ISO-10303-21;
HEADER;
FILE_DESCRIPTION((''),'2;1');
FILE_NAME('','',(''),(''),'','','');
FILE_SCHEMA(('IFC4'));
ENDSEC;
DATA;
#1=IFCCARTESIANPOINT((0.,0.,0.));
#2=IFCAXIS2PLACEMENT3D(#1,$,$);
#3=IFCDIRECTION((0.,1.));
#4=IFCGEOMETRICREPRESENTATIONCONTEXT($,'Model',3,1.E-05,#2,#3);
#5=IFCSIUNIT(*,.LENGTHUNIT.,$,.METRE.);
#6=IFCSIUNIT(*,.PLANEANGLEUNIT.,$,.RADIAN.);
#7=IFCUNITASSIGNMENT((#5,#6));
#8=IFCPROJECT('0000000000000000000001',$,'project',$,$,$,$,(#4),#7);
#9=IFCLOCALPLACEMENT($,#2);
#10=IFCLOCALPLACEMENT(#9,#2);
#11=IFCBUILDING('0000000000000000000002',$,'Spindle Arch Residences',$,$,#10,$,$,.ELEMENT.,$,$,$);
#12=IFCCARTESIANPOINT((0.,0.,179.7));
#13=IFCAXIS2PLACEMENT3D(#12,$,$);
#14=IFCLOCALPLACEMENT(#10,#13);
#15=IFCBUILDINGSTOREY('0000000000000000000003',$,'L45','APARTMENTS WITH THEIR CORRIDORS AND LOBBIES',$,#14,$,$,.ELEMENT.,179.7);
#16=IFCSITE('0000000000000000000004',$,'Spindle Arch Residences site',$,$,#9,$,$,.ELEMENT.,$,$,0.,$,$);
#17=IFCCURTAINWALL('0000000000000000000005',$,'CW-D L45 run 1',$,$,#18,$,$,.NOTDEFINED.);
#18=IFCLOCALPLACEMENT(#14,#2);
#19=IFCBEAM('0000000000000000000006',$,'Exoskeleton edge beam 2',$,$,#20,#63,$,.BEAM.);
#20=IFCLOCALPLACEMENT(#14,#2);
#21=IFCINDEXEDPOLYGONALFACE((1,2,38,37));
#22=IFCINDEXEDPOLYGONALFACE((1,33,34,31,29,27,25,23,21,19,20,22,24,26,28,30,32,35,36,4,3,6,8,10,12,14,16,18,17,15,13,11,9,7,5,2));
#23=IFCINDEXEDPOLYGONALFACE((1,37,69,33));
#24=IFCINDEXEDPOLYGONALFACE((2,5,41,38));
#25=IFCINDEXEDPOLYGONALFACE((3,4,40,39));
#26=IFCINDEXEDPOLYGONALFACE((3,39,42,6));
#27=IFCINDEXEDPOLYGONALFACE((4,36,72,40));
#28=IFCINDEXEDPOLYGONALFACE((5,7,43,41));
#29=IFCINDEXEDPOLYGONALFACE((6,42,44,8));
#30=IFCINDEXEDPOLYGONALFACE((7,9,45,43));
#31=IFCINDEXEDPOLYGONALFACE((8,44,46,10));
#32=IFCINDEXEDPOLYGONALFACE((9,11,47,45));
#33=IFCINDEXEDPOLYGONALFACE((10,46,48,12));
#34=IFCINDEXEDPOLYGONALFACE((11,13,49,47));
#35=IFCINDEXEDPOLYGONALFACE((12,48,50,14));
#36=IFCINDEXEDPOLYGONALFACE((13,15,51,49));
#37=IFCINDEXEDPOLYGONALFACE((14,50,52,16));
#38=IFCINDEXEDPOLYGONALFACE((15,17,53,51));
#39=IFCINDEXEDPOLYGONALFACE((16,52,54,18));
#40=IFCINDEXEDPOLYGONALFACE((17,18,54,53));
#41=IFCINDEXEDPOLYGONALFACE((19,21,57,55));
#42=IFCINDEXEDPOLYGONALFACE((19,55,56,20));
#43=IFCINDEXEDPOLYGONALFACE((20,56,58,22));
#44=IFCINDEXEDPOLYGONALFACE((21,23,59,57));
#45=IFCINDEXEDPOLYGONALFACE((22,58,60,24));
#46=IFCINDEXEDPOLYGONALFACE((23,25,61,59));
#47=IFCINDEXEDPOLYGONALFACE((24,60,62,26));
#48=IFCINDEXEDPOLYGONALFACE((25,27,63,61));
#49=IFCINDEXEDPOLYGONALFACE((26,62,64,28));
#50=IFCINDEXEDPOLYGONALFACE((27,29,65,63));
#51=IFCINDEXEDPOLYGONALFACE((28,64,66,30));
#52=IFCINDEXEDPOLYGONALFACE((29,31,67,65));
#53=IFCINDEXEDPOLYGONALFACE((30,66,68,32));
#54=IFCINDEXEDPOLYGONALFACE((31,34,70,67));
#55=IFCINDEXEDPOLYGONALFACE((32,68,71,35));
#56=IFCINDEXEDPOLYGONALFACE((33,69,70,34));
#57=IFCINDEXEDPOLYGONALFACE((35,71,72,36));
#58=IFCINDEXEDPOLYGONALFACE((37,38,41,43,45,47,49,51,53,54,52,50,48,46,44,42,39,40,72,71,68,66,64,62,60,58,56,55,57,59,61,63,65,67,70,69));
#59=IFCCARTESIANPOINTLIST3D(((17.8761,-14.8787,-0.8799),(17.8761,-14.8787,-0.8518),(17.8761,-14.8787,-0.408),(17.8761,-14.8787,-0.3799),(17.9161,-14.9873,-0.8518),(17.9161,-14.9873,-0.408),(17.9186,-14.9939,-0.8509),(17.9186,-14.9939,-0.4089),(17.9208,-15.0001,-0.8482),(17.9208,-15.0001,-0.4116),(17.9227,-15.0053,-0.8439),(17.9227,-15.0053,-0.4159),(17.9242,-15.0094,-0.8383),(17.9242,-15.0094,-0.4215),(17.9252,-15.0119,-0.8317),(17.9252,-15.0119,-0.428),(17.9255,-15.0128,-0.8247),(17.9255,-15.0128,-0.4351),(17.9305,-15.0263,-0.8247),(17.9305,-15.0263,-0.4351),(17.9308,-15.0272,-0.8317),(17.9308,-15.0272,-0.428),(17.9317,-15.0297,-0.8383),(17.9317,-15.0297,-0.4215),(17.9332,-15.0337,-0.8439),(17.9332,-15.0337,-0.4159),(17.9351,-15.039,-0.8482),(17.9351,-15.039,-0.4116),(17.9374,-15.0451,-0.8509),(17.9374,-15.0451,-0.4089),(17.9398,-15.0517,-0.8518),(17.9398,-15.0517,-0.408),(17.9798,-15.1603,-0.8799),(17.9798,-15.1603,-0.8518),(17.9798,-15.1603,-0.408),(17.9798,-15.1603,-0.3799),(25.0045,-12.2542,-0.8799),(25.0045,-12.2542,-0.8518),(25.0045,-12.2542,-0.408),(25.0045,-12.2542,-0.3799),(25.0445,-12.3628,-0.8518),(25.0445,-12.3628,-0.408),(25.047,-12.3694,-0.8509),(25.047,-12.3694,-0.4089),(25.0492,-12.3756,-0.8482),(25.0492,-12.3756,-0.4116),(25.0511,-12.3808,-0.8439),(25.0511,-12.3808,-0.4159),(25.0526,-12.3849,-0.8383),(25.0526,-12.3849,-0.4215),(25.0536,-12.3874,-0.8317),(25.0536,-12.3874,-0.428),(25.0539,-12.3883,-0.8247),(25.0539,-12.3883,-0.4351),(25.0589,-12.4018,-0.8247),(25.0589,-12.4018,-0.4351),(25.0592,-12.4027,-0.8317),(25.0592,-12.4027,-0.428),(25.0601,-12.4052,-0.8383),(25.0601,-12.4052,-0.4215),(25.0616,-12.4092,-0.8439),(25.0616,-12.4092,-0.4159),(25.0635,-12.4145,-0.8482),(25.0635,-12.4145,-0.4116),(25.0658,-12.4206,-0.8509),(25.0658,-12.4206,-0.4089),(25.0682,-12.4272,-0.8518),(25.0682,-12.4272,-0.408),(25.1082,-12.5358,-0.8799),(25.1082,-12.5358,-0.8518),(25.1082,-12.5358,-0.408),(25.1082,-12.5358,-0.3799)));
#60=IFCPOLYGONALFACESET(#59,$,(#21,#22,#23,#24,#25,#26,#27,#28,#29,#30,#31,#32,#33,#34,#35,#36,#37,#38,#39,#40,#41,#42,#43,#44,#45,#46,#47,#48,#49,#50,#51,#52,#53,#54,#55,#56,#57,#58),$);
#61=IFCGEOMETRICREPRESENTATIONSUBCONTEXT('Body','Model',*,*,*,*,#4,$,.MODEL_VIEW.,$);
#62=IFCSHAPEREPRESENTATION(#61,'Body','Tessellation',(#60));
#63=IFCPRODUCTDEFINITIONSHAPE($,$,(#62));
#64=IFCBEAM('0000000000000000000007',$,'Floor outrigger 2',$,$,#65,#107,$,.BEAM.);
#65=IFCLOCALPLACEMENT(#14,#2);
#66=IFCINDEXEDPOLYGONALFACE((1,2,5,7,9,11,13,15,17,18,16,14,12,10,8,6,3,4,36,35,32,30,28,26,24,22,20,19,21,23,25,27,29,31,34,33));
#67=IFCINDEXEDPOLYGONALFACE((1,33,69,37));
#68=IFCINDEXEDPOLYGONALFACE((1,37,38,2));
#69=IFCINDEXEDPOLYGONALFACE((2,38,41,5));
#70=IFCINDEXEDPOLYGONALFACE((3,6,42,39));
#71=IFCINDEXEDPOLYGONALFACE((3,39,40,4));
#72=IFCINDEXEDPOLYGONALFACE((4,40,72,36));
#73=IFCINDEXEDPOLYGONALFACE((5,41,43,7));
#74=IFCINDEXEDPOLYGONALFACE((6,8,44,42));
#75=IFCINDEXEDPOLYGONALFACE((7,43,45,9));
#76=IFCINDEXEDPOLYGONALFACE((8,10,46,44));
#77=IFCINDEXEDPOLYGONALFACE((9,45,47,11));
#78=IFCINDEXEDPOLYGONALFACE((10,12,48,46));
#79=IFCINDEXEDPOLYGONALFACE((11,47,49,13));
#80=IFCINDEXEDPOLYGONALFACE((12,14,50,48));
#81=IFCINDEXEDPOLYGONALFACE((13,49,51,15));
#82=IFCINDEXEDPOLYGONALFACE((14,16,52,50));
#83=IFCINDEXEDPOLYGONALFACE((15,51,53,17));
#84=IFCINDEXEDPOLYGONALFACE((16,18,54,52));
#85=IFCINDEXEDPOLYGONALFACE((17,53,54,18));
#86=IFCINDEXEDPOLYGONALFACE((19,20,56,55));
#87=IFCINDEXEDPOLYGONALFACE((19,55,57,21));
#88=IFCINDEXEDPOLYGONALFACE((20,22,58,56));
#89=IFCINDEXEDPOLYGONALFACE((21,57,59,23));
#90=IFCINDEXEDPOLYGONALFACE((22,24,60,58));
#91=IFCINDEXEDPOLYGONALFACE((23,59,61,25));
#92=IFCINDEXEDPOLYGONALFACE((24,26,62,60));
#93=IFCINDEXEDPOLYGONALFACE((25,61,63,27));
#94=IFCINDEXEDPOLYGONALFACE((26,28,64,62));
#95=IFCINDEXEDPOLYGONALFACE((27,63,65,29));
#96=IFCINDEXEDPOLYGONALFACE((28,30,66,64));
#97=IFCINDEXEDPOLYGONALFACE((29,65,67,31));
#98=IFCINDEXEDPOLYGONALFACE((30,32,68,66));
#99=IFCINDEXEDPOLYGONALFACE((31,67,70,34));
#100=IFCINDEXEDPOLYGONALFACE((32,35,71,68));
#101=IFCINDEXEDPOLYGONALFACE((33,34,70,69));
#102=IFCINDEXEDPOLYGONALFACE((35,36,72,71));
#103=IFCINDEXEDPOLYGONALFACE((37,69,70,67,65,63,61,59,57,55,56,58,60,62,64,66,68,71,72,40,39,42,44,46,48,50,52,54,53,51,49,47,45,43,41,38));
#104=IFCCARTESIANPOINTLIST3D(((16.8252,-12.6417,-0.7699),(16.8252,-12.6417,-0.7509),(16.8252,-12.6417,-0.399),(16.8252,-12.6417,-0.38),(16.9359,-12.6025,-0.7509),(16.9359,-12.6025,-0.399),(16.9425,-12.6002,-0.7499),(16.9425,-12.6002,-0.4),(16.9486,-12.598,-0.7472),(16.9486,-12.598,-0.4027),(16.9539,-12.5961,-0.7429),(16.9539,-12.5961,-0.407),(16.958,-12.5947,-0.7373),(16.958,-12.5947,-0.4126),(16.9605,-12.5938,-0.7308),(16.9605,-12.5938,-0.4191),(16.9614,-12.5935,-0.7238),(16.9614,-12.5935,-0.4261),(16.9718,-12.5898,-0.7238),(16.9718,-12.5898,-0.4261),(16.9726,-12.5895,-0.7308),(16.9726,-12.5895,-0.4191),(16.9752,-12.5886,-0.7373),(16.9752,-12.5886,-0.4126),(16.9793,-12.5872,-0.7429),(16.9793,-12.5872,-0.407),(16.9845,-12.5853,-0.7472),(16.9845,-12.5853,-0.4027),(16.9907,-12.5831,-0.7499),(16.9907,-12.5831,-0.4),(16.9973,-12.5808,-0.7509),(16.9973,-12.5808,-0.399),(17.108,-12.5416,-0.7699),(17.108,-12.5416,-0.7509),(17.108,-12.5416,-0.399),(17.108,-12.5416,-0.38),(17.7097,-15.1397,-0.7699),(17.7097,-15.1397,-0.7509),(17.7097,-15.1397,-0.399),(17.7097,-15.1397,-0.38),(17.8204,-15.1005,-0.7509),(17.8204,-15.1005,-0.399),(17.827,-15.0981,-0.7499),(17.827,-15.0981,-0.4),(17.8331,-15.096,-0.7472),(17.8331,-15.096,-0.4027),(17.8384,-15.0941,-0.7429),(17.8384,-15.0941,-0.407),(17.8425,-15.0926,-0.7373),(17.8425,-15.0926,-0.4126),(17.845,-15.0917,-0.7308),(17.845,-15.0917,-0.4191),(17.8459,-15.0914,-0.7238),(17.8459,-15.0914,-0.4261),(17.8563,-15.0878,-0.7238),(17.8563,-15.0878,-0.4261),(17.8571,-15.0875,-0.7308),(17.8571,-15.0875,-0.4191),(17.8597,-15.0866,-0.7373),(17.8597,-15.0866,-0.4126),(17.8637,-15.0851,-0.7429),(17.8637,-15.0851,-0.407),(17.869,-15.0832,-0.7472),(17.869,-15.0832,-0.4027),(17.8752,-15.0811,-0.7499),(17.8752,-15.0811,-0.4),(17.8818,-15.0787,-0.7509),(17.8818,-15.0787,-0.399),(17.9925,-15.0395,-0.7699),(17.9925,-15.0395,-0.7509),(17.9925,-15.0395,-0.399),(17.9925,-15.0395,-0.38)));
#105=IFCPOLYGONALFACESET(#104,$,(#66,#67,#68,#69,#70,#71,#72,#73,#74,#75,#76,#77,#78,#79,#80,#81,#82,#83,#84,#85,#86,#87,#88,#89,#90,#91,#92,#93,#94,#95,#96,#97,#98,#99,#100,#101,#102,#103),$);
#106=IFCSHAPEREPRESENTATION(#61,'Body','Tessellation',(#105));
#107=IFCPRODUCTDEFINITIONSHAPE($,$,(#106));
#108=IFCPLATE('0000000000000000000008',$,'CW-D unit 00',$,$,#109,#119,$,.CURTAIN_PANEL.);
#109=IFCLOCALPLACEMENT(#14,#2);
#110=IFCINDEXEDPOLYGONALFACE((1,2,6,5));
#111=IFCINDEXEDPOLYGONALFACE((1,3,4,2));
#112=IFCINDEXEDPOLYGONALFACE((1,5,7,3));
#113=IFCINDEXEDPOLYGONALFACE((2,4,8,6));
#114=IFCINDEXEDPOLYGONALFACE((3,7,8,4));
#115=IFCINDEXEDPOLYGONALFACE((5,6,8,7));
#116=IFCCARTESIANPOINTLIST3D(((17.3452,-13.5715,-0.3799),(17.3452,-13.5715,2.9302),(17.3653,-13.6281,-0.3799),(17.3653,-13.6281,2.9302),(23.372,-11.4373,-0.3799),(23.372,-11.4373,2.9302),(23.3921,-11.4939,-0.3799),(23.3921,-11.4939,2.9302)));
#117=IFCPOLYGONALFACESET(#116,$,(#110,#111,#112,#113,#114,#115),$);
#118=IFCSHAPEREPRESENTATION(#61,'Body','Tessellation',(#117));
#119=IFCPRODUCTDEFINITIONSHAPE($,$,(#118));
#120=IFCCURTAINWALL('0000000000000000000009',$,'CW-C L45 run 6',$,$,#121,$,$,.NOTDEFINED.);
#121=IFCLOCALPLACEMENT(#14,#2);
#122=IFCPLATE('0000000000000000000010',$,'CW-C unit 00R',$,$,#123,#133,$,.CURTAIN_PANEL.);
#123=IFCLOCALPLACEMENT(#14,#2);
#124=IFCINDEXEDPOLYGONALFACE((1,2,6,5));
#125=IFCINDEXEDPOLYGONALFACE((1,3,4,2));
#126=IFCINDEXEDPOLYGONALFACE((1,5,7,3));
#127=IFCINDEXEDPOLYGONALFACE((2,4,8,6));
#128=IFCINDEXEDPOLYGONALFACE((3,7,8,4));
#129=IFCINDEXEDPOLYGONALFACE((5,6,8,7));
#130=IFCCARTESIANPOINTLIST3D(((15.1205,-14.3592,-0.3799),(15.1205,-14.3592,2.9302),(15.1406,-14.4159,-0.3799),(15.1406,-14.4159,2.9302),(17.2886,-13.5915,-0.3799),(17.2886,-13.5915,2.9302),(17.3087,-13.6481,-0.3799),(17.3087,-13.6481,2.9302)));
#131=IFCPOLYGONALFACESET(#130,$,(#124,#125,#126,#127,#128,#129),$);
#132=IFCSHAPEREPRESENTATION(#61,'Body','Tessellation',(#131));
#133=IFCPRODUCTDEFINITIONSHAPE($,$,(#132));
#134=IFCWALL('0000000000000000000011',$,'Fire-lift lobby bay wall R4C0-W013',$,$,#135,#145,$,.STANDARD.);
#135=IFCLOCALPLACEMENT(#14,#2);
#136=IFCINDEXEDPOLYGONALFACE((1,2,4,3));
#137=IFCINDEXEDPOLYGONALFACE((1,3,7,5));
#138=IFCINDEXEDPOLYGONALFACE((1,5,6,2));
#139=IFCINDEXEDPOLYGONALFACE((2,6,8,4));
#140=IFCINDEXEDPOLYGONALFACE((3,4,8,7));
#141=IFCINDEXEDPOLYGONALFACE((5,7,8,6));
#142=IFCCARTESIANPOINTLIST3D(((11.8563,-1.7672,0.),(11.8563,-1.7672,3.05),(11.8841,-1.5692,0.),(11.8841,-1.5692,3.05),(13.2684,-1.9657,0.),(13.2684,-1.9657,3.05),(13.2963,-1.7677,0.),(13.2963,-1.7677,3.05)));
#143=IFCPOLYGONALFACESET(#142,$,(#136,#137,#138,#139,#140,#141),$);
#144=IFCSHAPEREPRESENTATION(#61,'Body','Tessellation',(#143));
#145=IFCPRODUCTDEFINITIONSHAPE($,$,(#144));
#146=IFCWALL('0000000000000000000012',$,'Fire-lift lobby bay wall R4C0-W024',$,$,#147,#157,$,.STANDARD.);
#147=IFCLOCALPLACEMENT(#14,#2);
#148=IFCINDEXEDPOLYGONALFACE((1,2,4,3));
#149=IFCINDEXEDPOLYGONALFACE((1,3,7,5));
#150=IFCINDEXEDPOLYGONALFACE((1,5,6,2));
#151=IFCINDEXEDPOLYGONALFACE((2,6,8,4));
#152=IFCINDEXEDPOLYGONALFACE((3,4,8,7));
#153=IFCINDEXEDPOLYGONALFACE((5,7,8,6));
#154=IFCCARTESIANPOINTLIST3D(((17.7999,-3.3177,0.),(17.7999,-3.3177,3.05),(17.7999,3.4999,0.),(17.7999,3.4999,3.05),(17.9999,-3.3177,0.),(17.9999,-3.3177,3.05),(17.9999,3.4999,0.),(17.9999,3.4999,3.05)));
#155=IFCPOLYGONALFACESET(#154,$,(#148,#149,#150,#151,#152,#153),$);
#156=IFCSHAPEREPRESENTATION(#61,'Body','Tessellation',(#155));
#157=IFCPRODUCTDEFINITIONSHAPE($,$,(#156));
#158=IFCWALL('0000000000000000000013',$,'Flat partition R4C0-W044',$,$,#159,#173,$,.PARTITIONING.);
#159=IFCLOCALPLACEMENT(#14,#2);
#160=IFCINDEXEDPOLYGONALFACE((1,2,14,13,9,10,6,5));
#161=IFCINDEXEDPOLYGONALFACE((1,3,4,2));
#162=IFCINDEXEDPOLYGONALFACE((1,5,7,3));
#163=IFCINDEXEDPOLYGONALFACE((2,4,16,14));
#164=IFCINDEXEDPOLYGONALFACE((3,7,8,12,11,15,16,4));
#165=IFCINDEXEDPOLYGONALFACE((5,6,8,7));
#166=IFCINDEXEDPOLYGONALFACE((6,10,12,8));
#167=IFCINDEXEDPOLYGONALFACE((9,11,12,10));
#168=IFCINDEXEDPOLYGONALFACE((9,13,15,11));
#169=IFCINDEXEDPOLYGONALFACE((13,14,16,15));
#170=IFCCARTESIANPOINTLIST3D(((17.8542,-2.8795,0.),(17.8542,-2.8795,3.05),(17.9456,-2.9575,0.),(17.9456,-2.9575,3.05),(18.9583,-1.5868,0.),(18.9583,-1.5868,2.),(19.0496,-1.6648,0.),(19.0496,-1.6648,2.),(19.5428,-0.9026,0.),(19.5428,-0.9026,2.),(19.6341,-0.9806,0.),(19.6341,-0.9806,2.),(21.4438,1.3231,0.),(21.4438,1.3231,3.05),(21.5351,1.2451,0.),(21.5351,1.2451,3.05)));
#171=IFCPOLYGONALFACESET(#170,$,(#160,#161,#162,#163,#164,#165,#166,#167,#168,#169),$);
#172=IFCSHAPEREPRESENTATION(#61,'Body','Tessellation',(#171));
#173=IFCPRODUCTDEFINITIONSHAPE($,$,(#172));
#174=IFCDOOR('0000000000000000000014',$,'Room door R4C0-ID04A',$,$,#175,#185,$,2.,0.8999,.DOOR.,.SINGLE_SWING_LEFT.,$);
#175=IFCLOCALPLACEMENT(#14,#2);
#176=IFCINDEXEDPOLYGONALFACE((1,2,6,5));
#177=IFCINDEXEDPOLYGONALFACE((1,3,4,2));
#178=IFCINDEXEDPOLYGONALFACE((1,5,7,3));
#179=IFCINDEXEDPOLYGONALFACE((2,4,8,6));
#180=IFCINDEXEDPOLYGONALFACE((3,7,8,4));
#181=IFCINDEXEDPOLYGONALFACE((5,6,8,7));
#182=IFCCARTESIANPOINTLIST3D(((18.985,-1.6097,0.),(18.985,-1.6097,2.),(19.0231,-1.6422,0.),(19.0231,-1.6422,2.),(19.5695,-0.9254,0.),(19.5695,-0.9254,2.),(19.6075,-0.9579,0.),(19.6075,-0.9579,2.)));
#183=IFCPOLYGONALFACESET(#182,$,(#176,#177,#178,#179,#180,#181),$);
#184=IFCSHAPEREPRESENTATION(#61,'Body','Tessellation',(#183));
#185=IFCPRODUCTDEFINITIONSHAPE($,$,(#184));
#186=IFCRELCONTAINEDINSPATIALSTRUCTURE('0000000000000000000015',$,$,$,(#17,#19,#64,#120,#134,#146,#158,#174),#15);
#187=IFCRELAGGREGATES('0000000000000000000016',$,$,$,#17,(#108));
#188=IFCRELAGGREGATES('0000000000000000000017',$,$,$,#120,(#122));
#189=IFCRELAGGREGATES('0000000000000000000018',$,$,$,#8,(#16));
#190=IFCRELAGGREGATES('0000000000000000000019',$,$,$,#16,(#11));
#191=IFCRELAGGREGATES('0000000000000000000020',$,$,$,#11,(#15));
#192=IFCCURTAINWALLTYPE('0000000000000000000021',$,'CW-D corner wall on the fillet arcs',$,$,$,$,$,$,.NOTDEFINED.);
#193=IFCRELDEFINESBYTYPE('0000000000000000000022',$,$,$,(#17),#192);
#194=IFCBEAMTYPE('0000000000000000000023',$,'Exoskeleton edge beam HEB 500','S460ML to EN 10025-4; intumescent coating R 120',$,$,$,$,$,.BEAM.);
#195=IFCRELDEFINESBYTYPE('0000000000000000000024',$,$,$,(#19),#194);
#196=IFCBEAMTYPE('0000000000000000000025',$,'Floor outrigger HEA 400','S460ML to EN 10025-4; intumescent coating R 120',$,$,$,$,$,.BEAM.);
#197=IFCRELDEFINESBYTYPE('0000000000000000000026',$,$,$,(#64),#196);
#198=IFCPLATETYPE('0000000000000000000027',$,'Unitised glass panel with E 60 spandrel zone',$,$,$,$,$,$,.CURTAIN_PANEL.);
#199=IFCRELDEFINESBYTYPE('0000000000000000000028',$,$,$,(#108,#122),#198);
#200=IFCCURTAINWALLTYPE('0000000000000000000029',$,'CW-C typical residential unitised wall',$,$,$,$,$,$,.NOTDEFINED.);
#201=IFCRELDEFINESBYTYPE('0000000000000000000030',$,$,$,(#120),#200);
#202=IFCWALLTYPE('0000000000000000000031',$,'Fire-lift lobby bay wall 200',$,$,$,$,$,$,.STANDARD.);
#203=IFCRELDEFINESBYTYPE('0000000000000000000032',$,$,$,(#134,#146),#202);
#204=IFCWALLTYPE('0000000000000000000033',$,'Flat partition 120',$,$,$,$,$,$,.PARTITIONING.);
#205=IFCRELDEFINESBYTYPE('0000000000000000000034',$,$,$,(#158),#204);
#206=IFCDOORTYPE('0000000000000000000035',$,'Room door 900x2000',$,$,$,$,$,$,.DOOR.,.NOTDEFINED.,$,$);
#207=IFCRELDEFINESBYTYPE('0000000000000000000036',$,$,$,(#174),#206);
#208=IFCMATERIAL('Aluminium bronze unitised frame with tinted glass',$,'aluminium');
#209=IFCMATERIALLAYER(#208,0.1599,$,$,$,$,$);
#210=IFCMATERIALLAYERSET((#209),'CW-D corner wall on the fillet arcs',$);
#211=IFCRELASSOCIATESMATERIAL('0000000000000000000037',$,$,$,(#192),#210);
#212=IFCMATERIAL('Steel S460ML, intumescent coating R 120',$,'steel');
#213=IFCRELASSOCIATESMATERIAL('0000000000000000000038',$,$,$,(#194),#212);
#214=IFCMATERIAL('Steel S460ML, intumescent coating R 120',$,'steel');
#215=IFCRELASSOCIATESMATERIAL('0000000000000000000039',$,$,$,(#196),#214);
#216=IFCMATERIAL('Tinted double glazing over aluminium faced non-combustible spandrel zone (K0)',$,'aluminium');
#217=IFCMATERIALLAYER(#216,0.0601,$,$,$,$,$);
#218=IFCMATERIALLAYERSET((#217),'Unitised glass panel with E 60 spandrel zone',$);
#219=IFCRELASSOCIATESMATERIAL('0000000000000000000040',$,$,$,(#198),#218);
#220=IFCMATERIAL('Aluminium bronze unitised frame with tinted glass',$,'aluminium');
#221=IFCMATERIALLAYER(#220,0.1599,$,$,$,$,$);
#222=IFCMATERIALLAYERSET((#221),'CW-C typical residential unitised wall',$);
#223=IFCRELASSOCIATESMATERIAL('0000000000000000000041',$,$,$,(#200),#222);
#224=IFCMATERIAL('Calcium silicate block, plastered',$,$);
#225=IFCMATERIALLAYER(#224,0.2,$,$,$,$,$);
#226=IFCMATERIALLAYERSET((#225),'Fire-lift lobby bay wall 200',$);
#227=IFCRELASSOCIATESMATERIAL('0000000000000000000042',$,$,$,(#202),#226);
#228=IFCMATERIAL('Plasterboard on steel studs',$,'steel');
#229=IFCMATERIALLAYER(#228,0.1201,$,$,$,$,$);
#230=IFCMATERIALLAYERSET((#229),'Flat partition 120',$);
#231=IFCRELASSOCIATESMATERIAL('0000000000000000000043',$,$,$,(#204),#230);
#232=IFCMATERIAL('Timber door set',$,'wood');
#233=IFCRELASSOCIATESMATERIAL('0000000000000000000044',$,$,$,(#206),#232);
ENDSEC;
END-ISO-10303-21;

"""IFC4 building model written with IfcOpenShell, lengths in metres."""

from ifc_helpers import new_model, si_unit, direction, frame, frame_2d, origin, origin_2d, place, context, subcontext, project, spatial, rectangle, i_section, extrude, material, layer, layer_set, material_profile, profile_set, type_object, element, fill, aggregate, save


model = new_model("IFC4")

# Units and contexts
model_context = context("Model", 3, precision=1e-05, world=origin(), true_north=direction((0.0, 1.0)))
body_context = subcontext(model_context, "Body", "Model", "MODEL_VIEW")
ifc_project = project(units=[si_unit("LENGTHUNIT", "METRE"), si_unit("PLANEANGLEUNIT", "RADIAN")], contexts=[model_context])

# Site, building, storey
site_placement = place(None, origin())
site = spatial("IfcSite", under=ifc_project, at=site_placement, Name="Spindle Arch Residences site", CompositionType="ELEMENT", RefElevation=0.0)
building_placement = place(site_placement, origin())
building = spatial("IfcBuilding", under=site, at=building_placement, Name="Spindle Arch Residences", CompositionType="ELEMENT")
storey_placement = place(building_placement, frame((0.0, 0.0, 179.7)))
storey = spatial("IfcBuildingStorey", under=building, at=storey_placement, Name="L45", Description="APARTMENTS WITH THEIR CORRIDORS AND LOBBIES", CompositionType="ELEMENT", Elevation=179.7)

# Curtain wall
ifc_material_1 = material(Name="Aluminium bronze unitised frame with tinted glass", Category="aluminium")
ifc_layer_1 = layer(ifc_material_1, 0.1599)
ifc_layer_set_1 = layer_set([ifc_layer_1], Name="CW-D corner wall on the fillet arcs")
curtain_wall_type_1 = type_object("IfcCurtainWallType", Name="CW-D corner wall on the fillet arcs", PredefinedType="NOTDEFINED", material=ifc_layer_set_1)
curtain_wall_1_placement = place(storey_placement, origin())
curtain_wall_1 = element("IfcCurtainWall", 1, at=curtain_wall_1_placement, inside=storey, type_object=curtain_wall_type_1, Name="CW-D L45 run 1", PredefinedType="NOTDEFINED")

# Beams
ifc_material_2 = material(Name="Steel S460ML, intumescent coating R 120", Category="steel")
ifc_material_profile_1 = material_profile(ifc_material_2, i_section(OverallWidth=0.3, OverallDepth=0.5, WebThickness=0.0144, FlangeThickness=0.0281, FilletRadius=0.0271, at=origin_2d()), Name="HEB 500")
ifc_profile_set_1 = profile_set([ifc_material_profile_1], Name="Steel S460ML, intumescent coating R 120")
beam_type_1 = type_object("IfcBeamType", Name="Exoskeleton edge beam HEB 500", Description="S460ML to EN 10025-4; intumescent coating R 120", PredefinedType="BEAM", material=ifc_profile_set_1)
beam_1_placement = place(storey_placement, frame((17.928, -15.0195, -0.6299), z_axis=(0.938418, 0.345503, 0.0), x_axis=(-0.345503, 0.938418, 0.0)))
element("IfcBeam", 2, at=beam_1_placement, inside=storey, type_object=beam_type_1, Name="Exoskeleton edge beam 2", PredefinedType="BEAM", context=body_context, shape_type="SweptSolid", body=[
    extrude(i_section(OverallWidth=0.3, OverallDepth=0.5, WebThickness=0.0144, FlangeThickness=0.0281, FilletRadius=0.0271, at=origin_2d()), origin(), (0.0, 0.0, 1.0), 7.5962),
])
ifc_material_3 = material(Name="Steel S460ML, intumescent coating R 120", Category="steel")
ifc_material_profile_2 = material_profile(ifc_material_3, i_section(OverallWidth=0.3, OverallDepth=0.3899, WebThickness=0.011, FlangeThickness=0.019, FilletRadius=0.0271, at=origin_2d()), Name="HEA 400")
ifc_profile_set_2 = profile_set([ifc_material_profile_2], Name="Steel S460ML, intumescent coating R 120")
beam_type_2 = type_object("IfcBeamType", Name="Floor outrigger HEA 400", Description="S460ML to EN 10025-4; intumescent coating R 120", PredefinedType="BEAM", material=ifc_profile_set_2)
beam_2_placement = place(storey_placement, frame((17.8511, -15.0896, -0.575), z_axis=(-0.333779, 0.942651, 0.0), x_axis=(-0.942651, -0.333779, 0.0)))
element("IfcBeam", 3, at=beam_2_placement, inside=storey, type_object=beam_type_2, Name="Floor outrigger 2", PredefinedType="BEAM", context=body_context, shape_type="SweptSolid", body=[
    extrude(i_section(OverallWidth=0.3, OverallDepth=0.3899, WebThickness=0.011, FlangeThickness=0.019, FilletRadius=0.0271, at=origin_2d()), origin(), (0.0, 0.0, 1.0), 2.6499),
])

# Plate
ifc_material_4 = material(Name="Tinted double glazing over aluminium faced non-combustible spandrel zone (K0)", Category="aluminium")
ifc_layer_2 = layer(ifc_material_4, 0.0601)
ifc_layer_set_2 = layer_set([ifc_layer_2], Name="Unitised glass panel with E 60 spandrel zone")
plate_type = type_object("IfcPlateType", Name="Unitised glass panel with E 60 spandrel zone", PredefinedType="CURTAIN_PANEL", material=ifc_layer_set_2)
plate_1_placement = place(storey_placement, frame((20.3687, -12.5327, -0.3799), z_axis=(0.0, 0.0, 1.0), x_axis=(0.942641, 0.333807, 0.0)))
plate_1 = element("IfcPlate", 4, at=plate_1_placement, type_object=plate_type, Name="CW-D unit 00", PredefinedType="CURTAIN_PANEL", context=body_context, shape_type="SweptSolid", body=[
    extrude(rectangle(XDim=6.3936, YDim=0.0601, at=origin_2d()), origin(), (0.0, 0.0, 1.0), 3.3101),
])
aggregate(curtain_wall_1, [plate_1])

# Curtain wall, plate
ifc_material_5 = material(Name="Aluminium bronze unitised frame with tinted glass", Category="aluminium")
ifc_layer_3 = layer(ifc_material_5, 0.1599)
ifc_layer_set_3 = layer_set([ifc_layer_3], Name="CW-C typical residential unitised wall")
curtain_wall_type_2 = type_object("IfcCurtainWallType", Name="CW-C typical residential unitised wall", PredefinedType="NOTDEFINED", material=ifc_layer_set_3)
curtain_wall_2_placement = place(storey_placement, origin())
curtain_wall_2 = element("IfcCurtainWall", 5, at=curtain_wall_2_placement, inside=storey, type_object=curtain_wall_type_2, Name="CW-C L45 run 6", PredefinedType="NOTDEFINED")
plate_2_placement = place(storey_placement, frame((16.2146, -14.0037, -0.3799), z_axis=(0.0, 0.0, 1.0), x_axis=(0.942641, 0.333807, 0.0)))
plate_2 = element("IfcPlate", 6, at=plate_2_placement, type_object=plate_type, Name="CW-C unit 00R", PredefinedType="CURTAIN_PANEL", context=body_context, shape_type="SweptSolid", body=[
    extrude(rectangle(XDim=2.3, YDim=0.0601, at=origin_2d()), origin(), (0.0, 0.0, 1.0), 3.3101),
])
aggregate(curtain_wall_2, [plate_2])

# Walls
ifc_material_6 = material(Name="Calcium silicate block, plastered")
ifc_layer_4 = layer(ifc_material_6, 0.2)
ifc_layer_set_4 = layer_set([ifc_layer_4], Name="Fire-lift lobby bay wall 200")
wall_type_1 = type_object("IfcWallType", Name="Fire-lift lobby bay wall 200", PredefinedType="STANDARD", material=ifc_layer_set_4)
wall_1_placement = place(storey_placement, frame((13.2822, -1.8667, 0.0), z_axis=(0.0, 0.0, 1.0), x_axis=(-0.990265, 0.139192, 0.0)))
element("IfcWall", 7, at=wall_1_placement, inside=storey, type_object=wall_type_1, Name="Fire-lift lobby bay wall R4C0-W013", PredefinedType="STANDARD", context=body_context, shape_type="SweptSolid", body=[
    extrude(rectangle(XDim=1.426, YDim=0.2, at=frame_2d((0.7129, 0.0))), origin(), (0.0, 0.0, 1.0), 3.05),
])
wall_2_placement = place(storey_placement, frame((17.8999, -3.3176, 0.0), z_axis=(0.0, 0.0, 1.0), x_axis=(0.0, 1.0, 0.0)))
element("IfcWall", 8, at=wall_2_placement, inside=storey, type_object=wall_type_1, Name="Fire-lift lobby bay wall R4C0-W024", PredefinedType="STANDARD", context=body_context, shape_type="SweptSolid", body=[
    extrude(rectangle(XDim=6.8176, YDim=0.2, at=frame_2d((3.4087, 0.0))), origin(), (0.0, 0.0, 1.0), 3.05),
])

# Wall, opening, door
ifc_material_7 = material(Name="Plasterboard on steel studs", Category="steel")
ifc_layer_5 = layer(ifc_material_7, 0.1201)
ifc_layer_set_5 = layer_set([ifc_layer_5], Name="Flat partition 120")
wall_type_2 = type_object("IfcWallType", Name="Flat partition 120", PredefinedType="PARTITIONING", material=ifc_layer_set_5)
wall_3_placement = place(storey_placement, frame((17.8999, -2.9185, 0.0), z_axis=(0.0, 0.0, 1.0), x_axis=(0.64947, 0.760387, 0.0)))
wall_3 = element("IfcWall", 9, at=wall_3_placement, inside=storey, type_object=wall_type_2, Name="Flat partition R4C0-W044", PredefinedType="PARTITIONING", context=body_context, shape_type="SweptSolid", body=[
    extrude(rectangle(XDim=5.5269, YDim=0.1201, at=frame_2d((2.7634, 0.0))), origin(), (0.0, 0.0, 1.0), 3.05),
])
opening_1_placement = place(wall_3_placement, frame((1.7, 0.0, 0.0)))
opening_1 = element("IfcOpeningElement", 10, at=opening_1_placement, cuts=wall_3, PredefinedType="OPENING", context=body_context, shape_type="SweptSolid", body=[
    extrude(rectangle(XDim=0.8999, YDim=2.0, at=frame_2d((0.45, 1.0))), frame((0.0, 0.0701, 0.0), z_axis=(0.0, -1.0, 0.0), x_axis=(1.0, 0.0, 0.0)), (0.0, 0.0, 1.0), 0.1401),
])
ifc_material_8 = material(Name="Timber door set", Category="wood")
door_type_1 = type_object("IfcDoorType", Name="Room door 900x2000", OperationType="NOTDEFINED", PredefinedType="DOOR", material=ifc_material_8)
door_1_placement = place(opening_1_placement, origin())
door_1 = element("IfcDoor", 11, at=door_1_placement, inside=storey, type_object=door_type_1, Name="Room door R4C0-ID04A", OperationType="SINGLE_SWING_LEFT", OverallHeight=2.0, OverallWidth=0.8999, PredefinedType="DOOR", context=body_context, shape_type="SweptSolid", body=[
    extrude(rectangle(XDim=0.8999, YDim=2.0, at=frame_2d((0.45, 1.0))), frame((0.0, 0.0249, 0.0), z_axis=(0.0, -1.0, 0.0), x_axis=(1.0, 0.0, 0.0)), (0.0, 0.0, 1.0), 0.05),
])
fill(opening_1, door_1)

save(model, "model.ifc")
